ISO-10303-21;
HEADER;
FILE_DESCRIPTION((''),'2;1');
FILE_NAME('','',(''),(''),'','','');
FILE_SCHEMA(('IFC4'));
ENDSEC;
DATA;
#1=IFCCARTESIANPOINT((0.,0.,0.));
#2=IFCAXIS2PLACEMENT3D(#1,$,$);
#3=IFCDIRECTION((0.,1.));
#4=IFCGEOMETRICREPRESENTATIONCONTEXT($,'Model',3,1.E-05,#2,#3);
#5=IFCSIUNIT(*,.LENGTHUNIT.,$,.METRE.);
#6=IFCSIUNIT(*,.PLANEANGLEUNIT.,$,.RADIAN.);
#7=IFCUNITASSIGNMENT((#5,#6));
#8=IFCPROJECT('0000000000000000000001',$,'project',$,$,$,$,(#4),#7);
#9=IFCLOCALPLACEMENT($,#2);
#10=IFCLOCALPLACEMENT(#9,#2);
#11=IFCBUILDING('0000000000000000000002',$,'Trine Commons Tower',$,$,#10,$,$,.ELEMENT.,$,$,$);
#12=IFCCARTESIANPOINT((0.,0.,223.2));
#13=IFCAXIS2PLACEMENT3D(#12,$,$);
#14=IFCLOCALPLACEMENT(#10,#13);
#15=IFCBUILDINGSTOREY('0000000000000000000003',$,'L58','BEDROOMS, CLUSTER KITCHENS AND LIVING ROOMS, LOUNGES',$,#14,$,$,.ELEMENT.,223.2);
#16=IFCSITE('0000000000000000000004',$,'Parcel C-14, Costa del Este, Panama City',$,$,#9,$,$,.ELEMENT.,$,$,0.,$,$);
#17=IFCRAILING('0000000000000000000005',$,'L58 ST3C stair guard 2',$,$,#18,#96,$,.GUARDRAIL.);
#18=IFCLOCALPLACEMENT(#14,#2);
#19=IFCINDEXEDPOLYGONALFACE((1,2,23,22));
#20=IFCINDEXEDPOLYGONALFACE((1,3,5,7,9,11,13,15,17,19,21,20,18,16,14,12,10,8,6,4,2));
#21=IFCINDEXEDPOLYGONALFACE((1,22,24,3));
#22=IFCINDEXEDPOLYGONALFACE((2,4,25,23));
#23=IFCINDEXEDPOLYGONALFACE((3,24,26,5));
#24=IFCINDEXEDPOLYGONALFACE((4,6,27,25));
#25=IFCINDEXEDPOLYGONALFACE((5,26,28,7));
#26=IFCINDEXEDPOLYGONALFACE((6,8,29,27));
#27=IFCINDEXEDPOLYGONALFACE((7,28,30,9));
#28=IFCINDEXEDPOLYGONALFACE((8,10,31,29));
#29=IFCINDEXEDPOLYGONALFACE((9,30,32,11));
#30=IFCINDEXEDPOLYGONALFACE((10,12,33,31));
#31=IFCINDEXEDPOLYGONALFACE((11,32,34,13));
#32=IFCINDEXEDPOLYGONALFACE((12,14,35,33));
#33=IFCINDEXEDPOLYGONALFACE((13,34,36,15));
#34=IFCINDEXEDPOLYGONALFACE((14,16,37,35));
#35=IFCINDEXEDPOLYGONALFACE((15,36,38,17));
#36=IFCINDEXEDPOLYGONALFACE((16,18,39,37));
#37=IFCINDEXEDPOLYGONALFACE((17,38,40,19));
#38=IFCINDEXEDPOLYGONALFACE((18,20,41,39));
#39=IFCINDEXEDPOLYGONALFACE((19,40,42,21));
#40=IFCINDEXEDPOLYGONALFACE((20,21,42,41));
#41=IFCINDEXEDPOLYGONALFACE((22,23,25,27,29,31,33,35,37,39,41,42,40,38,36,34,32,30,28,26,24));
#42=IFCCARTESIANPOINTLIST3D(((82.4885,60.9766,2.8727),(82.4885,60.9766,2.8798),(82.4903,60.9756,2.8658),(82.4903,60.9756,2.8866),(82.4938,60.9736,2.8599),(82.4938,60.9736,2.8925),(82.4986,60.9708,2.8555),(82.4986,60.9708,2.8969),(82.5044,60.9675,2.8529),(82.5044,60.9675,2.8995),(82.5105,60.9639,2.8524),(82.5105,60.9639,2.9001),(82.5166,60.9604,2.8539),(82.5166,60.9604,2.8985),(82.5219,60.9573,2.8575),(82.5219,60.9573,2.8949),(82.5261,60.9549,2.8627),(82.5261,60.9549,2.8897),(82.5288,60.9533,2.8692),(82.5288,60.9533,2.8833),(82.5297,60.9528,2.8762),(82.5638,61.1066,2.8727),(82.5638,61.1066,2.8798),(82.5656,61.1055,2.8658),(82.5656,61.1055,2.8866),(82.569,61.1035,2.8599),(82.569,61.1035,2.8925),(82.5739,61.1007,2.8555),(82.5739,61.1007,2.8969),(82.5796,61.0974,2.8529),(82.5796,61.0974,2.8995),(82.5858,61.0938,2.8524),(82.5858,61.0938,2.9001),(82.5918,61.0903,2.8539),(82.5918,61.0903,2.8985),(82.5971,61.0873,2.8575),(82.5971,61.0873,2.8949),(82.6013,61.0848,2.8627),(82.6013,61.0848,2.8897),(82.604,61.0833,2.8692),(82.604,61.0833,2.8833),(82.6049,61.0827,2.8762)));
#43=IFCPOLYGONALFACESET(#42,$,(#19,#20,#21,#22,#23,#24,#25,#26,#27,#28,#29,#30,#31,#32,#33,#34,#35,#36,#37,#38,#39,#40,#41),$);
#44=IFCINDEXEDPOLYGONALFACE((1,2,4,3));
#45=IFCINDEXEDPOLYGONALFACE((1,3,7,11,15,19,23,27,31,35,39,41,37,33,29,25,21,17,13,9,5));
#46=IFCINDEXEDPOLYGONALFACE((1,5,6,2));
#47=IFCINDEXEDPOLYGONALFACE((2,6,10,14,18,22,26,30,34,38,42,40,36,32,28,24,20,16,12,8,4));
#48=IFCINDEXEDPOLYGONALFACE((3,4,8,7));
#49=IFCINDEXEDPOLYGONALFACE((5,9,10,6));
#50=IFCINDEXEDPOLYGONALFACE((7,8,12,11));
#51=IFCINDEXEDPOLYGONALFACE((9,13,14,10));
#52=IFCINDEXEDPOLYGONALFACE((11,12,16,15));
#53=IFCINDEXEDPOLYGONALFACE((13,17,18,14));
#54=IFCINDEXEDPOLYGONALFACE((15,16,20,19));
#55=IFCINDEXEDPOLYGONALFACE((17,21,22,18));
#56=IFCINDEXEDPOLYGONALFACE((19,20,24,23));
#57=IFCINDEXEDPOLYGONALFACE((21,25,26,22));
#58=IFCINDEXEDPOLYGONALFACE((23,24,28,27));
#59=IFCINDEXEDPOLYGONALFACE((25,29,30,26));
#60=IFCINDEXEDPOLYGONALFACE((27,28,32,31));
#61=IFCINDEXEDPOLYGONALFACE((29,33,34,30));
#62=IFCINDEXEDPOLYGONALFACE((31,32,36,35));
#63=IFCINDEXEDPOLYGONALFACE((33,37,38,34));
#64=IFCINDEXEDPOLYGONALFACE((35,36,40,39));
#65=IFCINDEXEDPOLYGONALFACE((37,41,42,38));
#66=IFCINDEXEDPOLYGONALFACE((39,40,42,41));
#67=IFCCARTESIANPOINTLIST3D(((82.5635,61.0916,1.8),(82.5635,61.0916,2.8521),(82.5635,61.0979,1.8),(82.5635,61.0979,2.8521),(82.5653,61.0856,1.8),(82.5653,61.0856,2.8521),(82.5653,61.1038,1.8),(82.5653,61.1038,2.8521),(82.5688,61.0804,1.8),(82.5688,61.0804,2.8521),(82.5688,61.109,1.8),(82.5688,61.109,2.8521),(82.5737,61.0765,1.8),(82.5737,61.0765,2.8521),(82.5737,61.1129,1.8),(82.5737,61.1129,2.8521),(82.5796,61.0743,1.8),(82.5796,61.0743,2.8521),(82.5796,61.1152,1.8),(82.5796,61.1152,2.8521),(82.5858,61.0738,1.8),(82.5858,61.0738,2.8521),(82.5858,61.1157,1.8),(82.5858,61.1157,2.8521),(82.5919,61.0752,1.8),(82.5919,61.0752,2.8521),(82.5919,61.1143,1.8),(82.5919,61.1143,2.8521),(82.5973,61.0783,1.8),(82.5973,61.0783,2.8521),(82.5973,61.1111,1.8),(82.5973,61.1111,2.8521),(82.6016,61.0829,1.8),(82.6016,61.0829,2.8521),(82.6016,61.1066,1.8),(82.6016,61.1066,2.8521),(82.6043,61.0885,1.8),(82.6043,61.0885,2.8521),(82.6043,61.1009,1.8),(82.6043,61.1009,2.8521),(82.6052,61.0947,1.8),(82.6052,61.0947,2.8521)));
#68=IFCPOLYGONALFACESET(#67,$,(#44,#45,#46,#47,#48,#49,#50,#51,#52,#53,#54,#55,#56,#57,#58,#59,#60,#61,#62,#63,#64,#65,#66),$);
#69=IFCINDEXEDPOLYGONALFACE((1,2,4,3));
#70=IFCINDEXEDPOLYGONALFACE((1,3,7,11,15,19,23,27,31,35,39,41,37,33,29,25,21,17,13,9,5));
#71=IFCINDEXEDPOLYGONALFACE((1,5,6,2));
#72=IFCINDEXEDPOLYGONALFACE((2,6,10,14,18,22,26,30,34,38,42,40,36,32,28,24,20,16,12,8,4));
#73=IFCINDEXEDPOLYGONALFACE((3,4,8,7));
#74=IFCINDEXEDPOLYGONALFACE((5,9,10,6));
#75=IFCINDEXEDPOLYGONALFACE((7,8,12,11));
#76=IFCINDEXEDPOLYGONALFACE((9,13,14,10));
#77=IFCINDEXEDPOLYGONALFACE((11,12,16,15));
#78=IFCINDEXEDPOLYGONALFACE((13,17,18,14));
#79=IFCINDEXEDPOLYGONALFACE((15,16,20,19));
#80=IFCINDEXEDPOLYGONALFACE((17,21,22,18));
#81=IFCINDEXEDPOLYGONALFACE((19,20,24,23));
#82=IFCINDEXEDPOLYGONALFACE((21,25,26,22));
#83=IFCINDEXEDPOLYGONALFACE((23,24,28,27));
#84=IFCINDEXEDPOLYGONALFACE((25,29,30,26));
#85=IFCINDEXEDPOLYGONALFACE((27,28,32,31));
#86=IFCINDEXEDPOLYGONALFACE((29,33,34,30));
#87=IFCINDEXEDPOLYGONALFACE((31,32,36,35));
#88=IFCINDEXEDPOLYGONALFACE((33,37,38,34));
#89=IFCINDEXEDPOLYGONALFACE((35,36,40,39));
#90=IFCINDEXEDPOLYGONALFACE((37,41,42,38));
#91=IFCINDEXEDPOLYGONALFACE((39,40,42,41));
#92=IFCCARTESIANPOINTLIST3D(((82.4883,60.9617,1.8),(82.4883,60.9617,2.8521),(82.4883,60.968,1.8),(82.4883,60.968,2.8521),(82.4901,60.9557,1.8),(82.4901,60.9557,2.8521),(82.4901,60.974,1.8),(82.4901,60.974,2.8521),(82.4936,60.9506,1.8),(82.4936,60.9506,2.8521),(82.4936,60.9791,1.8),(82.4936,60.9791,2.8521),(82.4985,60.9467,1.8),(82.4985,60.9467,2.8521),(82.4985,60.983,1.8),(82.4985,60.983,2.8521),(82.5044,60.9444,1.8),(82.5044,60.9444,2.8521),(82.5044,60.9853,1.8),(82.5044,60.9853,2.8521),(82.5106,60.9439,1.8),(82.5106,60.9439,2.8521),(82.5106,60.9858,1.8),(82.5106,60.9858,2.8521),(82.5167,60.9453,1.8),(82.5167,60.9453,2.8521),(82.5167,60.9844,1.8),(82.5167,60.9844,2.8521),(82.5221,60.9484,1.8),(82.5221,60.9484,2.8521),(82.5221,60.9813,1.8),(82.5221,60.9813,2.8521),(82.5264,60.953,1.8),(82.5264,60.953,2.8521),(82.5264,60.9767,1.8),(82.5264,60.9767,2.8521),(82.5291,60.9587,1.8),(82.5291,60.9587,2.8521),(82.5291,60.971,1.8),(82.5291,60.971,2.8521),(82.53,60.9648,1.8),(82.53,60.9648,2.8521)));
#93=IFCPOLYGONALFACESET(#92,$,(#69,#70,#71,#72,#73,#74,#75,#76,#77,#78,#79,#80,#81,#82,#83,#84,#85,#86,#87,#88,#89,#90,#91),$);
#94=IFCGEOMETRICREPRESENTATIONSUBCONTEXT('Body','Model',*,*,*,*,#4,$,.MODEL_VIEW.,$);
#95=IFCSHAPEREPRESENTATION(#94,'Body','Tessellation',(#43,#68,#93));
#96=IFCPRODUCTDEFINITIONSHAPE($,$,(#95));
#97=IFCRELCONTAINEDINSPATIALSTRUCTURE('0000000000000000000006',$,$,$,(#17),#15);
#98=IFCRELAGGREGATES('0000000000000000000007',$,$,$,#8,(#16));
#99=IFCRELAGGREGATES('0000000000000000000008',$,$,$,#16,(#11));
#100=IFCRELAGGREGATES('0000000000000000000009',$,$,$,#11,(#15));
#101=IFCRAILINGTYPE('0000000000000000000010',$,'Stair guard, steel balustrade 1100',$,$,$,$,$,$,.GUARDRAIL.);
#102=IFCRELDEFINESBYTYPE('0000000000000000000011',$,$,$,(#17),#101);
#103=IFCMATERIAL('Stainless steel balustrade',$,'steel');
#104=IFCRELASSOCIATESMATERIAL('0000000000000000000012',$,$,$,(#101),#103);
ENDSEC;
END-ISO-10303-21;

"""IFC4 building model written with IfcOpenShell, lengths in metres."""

from ifc_helpers import new_model, si_unit, direction, frame, origin, origin_2d, place, context, subcontext, project, spatial, circle, extrude, material, type_object, element, save


model = new_model("IFC4")

# Units and contexts
model_context = context("Model", 3, precision=1e-05, world=origin(), true_north=direction((0.0, 1.0)))
body_context = subcontext(model_context, "Body", "Model", "MODEL_VIEW")
ifc_project = project(units=[si_unit("LENGTHUNIT", "METRE"), si_unit("PLANEANGLEUNIT", "RADIAN")], contexts=[model_context])

# Site, building, storey
site_placement = place(None, origin())
site = spatial("IfcSite", under=ifc_project, at=site_placement, Name="Parcel C-14, Costa del Este, Panama City", CompositionType="ELEMENT", RefElevation=0.0)
building_placement = place(site_placement, origin())
building = spatial("IfcBuilding", under=site, at=building_placement, Name="Trine Commons Tower", CompositionType="ELEMENT")
storey_placement = place(building_placement, frame((0.0, 0.0, 223.2)))
storey = spatial("IfcBuildingStorey", under=building, at=storey_placement, Name="L58", Description="BEDROOMS, CLUSTER KITCHENS AND LIVING ROOMS, LOUNGES", CompositionType="ELEMENT", Elevation=223.2)

# Railing
ifc_material_1 = material(Name="Stainless steel balustrade", Category="steel")
railing_type_1 = type_object("IfcRailingType", Name="Stair guard, steel balustrade 1100", PredefinedType="GUARDRAIL", material=ifc_material_1)
railing_1_placement = place(storey_placement, frame((82.5842, 61.0947, 1.8)))
element("IfcRailing", 1, at=railing_1_placement, inside=storey, type_object=railing_type_1, Name="L58 ST3C stair guard 2", PredefinedType="GUARDRAIL", context=body_context, shape_type="SweptSolid", body=[
    extrude(circle(Radius=0.0239, at=origin_2d()), frame((0.0, 0.0, 1.0762), z_axis=(-0.501036, -0.865426, 0.0), x_axis=(0.865426, -0.501036, 0.0)), (0.0, 0.0, 1.0), 0.1501),
    extrude(circle(Radius=0.021, at=origin_2d()), origin(), (0.0, 0.0, 1.0), 1.052),
    extrude(circle(Radius=0.021, at=origin_2d()), frame((-0.0752, -0.1299, 0.0)), (0.0, 0.0, 1.0), 1.052),
])

save(model, "model.ifc")
